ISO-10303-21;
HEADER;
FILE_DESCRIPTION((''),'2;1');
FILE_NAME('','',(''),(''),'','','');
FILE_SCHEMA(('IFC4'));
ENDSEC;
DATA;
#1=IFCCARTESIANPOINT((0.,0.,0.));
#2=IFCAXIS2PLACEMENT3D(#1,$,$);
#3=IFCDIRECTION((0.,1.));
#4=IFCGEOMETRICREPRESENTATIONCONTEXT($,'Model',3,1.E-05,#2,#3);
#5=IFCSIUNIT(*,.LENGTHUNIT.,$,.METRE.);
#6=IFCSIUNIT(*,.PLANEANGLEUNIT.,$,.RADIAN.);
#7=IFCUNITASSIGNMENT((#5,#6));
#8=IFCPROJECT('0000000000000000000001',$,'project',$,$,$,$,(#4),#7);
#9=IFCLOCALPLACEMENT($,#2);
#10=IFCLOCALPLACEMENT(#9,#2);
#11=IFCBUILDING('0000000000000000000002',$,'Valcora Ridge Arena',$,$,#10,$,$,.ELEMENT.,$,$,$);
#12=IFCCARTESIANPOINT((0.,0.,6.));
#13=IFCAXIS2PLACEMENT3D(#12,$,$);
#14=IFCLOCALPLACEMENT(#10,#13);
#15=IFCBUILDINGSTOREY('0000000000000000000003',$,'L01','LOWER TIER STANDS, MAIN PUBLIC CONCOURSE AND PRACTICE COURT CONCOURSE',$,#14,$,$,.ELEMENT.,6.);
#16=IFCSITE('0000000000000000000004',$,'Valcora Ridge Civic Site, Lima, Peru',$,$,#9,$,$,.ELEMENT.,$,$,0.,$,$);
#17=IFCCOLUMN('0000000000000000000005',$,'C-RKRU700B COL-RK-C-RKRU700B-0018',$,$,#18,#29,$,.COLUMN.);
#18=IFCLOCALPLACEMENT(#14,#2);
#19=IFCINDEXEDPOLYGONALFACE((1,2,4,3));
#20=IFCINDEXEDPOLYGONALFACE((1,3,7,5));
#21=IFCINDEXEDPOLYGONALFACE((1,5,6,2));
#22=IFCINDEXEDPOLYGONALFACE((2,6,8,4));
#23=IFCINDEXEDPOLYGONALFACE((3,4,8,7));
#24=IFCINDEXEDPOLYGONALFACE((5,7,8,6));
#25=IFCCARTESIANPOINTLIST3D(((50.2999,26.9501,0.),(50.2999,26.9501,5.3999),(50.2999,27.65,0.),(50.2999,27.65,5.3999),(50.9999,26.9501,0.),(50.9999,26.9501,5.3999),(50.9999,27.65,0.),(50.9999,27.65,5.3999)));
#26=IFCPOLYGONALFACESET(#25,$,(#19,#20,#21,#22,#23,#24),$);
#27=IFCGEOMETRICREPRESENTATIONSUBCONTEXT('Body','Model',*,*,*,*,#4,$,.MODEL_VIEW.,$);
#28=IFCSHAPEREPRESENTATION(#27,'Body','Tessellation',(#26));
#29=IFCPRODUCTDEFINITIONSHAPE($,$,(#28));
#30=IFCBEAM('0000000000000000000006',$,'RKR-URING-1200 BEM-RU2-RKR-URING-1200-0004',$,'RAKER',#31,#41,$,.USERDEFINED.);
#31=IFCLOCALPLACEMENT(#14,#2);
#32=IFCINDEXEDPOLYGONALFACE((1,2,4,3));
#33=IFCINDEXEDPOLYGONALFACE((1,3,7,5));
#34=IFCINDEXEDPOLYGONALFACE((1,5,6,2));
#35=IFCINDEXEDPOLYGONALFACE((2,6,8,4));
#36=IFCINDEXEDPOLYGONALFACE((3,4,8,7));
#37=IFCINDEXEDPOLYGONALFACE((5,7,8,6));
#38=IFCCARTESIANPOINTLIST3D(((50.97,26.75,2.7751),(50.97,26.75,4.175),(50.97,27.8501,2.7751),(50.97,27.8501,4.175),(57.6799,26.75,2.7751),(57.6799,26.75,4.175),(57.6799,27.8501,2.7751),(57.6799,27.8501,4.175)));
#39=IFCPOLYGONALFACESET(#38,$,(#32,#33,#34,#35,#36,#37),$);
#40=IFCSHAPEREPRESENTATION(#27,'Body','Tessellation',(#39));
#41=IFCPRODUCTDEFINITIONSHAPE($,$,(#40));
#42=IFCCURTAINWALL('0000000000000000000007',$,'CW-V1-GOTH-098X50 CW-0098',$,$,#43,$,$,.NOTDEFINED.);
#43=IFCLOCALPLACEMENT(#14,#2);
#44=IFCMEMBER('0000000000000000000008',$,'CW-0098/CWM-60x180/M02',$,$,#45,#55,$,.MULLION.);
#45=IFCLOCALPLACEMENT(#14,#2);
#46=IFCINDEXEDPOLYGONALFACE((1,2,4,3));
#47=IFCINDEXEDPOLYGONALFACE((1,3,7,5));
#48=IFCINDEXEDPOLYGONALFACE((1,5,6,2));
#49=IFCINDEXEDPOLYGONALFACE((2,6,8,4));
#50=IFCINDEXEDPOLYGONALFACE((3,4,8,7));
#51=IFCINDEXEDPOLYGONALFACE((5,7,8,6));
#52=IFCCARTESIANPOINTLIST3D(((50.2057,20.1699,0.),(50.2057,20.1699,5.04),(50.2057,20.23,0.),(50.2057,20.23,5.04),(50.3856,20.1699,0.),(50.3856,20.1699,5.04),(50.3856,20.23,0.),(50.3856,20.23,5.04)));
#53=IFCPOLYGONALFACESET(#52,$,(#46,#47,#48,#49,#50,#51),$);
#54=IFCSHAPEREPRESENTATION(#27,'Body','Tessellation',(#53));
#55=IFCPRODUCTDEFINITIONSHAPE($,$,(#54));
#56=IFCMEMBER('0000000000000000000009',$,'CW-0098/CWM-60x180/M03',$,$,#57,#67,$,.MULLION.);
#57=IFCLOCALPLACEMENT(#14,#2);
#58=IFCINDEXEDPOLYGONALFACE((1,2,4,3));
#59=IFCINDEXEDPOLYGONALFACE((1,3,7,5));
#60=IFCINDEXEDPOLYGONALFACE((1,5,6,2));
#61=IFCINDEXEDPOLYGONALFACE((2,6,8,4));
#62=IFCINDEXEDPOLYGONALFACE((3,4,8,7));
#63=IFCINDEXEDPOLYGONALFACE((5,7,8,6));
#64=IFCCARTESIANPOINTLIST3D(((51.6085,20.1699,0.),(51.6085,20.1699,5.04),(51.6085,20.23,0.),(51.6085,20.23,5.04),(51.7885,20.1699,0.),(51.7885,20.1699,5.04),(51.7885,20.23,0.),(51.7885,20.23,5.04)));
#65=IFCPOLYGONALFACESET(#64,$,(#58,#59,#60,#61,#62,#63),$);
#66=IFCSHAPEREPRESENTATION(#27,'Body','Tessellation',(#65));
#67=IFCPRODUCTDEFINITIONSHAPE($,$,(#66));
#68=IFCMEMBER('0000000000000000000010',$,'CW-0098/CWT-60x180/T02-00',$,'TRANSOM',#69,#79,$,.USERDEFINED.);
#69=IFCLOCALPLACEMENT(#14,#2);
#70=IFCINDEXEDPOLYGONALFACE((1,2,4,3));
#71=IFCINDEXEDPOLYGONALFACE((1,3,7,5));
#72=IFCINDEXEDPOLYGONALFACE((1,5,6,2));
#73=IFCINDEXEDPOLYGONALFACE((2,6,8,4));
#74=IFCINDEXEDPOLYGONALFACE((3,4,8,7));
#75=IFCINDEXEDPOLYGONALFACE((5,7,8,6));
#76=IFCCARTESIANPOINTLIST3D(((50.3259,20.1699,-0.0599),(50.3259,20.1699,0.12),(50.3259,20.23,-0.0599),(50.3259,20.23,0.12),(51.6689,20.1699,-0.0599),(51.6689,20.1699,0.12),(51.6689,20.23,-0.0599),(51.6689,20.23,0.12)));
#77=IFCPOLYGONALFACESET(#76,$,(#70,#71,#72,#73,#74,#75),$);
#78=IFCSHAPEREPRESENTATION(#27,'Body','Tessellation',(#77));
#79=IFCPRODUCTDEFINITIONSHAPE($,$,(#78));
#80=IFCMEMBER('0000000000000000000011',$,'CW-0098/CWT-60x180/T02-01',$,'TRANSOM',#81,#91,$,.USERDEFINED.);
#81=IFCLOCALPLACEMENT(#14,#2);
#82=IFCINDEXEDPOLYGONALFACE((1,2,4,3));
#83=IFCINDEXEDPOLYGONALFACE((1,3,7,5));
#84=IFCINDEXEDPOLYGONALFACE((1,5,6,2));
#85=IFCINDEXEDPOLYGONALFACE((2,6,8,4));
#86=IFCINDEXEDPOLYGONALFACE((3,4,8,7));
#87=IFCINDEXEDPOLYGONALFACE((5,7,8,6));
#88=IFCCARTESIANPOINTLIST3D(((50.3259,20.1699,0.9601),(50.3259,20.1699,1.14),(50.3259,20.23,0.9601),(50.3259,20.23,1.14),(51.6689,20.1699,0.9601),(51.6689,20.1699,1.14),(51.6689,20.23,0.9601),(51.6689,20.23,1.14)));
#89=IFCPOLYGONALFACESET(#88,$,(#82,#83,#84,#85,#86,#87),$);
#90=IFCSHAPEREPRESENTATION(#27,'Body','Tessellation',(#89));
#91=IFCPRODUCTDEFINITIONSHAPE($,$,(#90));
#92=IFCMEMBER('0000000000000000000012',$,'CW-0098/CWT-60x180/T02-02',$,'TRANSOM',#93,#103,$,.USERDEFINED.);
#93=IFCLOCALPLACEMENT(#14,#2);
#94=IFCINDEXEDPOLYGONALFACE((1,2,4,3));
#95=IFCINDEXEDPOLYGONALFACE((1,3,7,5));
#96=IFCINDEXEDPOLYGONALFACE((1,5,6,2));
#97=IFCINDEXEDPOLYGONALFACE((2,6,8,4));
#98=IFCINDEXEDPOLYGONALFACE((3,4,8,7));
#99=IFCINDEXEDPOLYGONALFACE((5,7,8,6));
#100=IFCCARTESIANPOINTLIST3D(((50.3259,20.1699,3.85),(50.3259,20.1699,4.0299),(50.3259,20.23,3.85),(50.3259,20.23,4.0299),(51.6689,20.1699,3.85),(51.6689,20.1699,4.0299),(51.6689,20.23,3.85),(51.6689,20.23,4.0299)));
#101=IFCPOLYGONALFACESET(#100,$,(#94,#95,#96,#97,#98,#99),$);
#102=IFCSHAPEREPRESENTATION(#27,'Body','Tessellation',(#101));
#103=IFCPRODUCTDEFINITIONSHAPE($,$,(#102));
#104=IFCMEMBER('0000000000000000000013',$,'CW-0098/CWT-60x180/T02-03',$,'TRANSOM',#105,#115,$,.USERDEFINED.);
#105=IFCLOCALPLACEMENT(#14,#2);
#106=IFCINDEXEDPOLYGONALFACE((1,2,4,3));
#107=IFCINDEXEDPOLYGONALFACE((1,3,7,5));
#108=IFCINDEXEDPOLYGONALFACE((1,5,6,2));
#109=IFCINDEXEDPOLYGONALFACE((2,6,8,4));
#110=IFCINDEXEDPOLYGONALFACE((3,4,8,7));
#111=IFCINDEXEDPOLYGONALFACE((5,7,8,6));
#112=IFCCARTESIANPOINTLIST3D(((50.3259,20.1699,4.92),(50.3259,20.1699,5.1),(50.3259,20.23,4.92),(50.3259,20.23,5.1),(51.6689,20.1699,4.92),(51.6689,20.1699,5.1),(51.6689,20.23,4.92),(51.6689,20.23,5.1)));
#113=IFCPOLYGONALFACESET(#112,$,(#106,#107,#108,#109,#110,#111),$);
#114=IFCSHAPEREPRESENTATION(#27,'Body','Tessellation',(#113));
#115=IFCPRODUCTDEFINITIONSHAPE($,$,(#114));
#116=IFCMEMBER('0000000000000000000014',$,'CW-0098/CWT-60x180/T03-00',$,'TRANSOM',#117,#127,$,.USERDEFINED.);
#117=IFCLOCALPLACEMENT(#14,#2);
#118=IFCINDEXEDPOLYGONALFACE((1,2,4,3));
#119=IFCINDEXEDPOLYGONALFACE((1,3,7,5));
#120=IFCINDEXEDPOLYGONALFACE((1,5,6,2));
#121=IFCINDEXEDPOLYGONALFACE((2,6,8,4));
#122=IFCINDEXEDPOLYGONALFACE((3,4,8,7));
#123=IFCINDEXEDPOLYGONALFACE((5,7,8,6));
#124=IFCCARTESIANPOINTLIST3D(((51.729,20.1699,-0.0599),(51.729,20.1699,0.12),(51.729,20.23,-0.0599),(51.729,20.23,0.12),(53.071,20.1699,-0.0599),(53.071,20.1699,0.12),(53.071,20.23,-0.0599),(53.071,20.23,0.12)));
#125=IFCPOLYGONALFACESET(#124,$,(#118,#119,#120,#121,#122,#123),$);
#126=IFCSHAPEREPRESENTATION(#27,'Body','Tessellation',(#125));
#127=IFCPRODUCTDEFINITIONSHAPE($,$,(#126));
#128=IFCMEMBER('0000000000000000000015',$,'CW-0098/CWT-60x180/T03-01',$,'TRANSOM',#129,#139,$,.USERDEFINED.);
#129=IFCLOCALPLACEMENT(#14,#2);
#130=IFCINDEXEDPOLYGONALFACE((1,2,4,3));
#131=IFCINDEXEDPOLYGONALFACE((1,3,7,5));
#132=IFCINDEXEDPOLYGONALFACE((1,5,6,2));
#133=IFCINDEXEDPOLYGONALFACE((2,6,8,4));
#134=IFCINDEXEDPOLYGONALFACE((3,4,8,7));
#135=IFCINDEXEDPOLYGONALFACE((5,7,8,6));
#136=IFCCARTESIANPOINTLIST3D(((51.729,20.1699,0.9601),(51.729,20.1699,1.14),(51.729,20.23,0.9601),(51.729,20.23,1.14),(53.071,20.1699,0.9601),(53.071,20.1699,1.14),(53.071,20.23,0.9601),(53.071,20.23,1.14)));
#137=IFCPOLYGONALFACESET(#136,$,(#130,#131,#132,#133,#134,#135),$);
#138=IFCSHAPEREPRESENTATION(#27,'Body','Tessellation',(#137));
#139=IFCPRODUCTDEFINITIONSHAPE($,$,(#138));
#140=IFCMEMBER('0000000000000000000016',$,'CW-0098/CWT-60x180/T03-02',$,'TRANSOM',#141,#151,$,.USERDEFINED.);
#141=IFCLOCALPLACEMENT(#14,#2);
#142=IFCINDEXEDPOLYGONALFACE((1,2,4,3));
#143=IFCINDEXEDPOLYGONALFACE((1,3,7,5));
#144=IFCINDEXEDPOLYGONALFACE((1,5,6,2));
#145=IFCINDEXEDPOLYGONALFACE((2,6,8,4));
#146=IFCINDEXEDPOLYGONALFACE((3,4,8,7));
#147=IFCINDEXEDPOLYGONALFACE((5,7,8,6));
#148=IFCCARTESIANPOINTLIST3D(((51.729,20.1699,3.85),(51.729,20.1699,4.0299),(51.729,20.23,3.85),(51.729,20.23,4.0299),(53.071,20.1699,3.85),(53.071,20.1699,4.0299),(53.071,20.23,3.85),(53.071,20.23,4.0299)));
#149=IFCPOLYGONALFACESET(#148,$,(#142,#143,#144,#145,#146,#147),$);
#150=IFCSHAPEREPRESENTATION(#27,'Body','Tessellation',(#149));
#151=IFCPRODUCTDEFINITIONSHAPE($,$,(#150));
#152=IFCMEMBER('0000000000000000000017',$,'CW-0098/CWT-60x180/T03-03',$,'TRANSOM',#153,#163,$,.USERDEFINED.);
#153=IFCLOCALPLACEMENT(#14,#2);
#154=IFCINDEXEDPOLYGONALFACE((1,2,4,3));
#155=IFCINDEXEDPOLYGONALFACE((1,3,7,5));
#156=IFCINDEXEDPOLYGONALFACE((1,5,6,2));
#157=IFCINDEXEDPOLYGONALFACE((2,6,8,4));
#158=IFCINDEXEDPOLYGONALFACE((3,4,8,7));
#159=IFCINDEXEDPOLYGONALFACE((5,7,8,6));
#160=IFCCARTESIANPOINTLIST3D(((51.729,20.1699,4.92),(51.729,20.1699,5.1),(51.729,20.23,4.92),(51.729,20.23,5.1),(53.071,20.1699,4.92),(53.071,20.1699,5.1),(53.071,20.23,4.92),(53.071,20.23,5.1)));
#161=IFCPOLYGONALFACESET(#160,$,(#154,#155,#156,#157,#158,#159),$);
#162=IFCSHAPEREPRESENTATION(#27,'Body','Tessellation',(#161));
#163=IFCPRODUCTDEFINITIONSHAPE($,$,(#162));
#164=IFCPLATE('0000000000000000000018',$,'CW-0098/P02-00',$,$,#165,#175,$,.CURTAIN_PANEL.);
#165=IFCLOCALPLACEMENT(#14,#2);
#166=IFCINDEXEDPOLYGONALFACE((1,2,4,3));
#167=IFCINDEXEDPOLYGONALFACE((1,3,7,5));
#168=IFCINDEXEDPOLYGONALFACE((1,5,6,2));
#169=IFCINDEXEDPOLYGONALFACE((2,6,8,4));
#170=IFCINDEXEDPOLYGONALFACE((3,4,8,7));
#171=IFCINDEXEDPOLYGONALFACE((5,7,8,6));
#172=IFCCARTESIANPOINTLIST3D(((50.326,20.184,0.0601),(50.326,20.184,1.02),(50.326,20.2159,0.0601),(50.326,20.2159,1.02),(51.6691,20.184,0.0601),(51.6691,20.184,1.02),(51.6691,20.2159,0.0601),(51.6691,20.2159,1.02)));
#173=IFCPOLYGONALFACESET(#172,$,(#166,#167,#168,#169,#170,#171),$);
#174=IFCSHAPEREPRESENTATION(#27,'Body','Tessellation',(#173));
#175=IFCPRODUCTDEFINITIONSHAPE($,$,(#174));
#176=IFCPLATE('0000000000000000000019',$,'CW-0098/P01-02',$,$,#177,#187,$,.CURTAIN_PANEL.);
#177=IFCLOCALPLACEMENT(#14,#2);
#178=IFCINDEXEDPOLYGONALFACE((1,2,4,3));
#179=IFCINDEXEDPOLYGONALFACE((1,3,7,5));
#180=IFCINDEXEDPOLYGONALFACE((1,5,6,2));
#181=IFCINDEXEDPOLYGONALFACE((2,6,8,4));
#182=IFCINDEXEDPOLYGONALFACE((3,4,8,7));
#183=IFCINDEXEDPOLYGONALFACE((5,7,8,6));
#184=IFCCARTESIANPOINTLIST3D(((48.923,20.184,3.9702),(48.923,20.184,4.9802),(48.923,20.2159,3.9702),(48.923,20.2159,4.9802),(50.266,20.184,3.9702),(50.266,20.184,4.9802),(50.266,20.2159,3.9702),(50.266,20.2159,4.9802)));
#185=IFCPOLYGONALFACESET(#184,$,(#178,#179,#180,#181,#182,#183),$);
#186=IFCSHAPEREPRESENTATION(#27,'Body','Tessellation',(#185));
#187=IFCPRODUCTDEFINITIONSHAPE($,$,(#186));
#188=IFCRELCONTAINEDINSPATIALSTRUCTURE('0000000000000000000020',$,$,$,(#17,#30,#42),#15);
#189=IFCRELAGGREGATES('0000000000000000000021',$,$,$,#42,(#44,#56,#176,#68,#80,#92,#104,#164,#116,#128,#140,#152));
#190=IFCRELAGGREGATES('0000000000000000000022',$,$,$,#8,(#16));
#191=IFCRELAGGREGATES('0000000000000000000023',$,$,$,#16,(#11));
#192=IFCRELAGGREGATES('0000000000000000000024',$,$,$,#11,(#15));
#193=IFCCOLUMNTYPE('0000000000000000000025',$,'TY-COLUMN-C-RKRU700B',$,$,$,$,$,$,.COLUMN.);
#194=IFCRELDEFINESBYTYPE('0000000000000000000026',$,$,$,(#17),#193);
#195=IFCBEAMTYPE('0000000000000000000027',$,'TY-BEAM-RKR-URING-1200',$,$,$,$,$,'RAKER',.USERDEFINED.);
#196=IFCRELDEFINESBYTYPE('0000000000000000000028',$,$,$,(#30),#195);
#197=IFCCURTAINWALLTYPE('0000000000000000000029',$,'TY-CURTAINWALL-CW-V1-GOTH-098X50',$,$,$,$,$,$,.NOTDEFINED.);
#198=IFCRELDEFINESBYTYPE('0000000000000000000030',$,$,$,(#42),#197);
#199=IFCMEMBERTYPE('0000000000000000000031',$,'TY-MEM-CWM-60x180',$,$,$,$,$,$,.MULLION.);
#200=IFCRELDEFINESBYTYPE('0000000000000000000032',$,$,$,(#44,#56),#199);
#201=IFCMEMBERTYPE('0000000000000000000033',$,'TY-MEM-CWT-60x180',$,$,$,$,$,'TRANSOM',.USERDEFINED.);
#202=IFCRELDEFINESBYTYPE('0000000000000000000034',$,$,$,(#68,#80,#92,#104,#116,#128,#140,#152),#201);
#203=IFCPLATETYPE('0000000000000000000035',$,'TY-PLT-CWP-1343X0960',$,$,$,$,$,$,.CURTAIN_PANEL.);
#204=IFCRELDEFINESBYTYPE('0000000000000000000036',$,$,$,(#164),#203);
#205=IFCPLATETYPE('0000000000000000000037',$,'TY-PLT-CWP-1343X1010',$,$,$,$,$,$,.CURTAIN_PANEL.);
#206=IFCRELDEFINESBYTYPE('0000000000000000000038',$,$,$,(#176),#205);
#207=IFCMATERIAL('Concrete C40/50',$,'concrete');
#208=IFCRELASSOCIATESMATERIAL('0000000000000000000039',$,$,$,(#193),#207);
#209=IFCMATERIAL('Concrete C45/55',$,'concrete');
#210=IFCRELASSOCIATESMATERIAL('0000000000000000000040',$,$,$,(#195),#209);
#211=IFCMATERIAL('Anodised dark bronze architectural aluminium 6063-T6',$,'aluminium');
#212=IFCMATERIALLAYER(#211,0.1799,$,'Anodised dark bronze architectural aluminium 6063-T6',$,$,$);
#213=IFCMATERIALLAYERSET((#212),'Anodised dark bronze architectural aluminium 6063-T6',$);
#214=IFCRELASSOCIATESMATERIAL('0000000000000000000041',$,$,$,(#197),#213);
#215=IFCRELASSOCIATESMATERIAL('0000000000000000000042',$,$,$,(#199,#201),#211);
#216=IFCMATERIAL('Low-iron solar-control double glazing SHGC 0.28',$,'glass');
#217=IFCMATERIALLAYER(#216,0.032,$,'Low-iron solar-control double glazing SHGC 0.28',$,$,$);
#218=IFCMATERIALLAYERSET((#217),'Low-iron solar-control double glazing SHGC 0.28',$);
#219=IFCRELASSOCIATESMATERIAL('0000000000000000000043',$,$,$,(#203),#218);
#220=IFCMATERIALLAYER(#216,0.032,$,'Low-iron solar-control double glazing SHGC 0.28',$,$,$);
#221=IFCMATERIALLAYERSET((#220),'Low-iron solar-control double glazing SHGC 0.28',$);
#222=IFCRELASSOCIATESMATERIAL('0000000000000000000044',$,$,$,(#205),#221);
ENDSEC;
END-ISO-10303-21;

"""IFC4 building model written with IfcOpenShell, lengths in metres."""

from ifc_helpers import new_model, si_unit, direction, frame, origin, origin_2d, place, context, subcontext, project, spatial, rectangle, extrude, material, layer, layer_set, material_profile, profile_set, type_object, element, aggregate, save


model = new_model("IFC4")

# Units and contexts
model_context = context("Model", 3, precision=1e-05, world=origin(), true_north=direction((0.0, 1.0)))
body_context = subcontext(model_context, "Body", "Model", "MODEL_VIEW")
ifc_project = project(units=[si_unit("LENGTHUNIT", "METRE"), si_unit("PLANEANGLEUNIT", "RADIAN")], contexts=[model_context])

# Site, building, storey
site_placement = place(None, origin())
site = spatial("IfcSite", under=ifc_project, at=site_placement, Name="Valcora Ridge Civic Site, Lima, Peru", CompositionType="ELEMENT", RefElevation=0.0)
building_placement = place(site_placement, origin())
building = spatial("IfcBuilding", under=site, at=building_placement, Name="Valcora Ridge Arena", CompositionType="ELEMENT")
storey_placement = place(building_placement, frame((0.0, 0.0, 6.0)))
storey = spatial("IfcBuildingStorey", under=building, at=storey_placement, Name="L01", Description="LOWER TIER STANDS, MAIN PUBLIC CONCOURSE AND PRACTICE COURT CONCOURSE", CompositionType="ELEMENT", Elevation=6.0)

# Column
ifc_material_1 = material(Name="Concrete C40/50", Category="concrete")
ifc_material_profile_1 = material_profile(ifc_material_1, rectangle(XDim=0.7, YDim=0.7, at=origin_2d()), Name="RC 700x700")
ifc_profile_set_1 = profile_set([ifc_material_profile_1], Name="Concrete C40/50")
column_type = type_object("IfcColumnType", Name="TY-COLUMN-C-RKRU700B", PredefinedType="COLUMN", material=ifc_profile_set_1)
column_placement = place(storey_placement, frame((50.6499, 27.3, 0.0), z_axis=(0.0, 0.0, 1.0), x_axis=(1.0, 0.0, 0.0)))
element("IfcColumn", 1, at=column_placement, inside=storey, type_object=column_type, Name="C-RKRU700B COL-RK-C-RKRU700B-0018", PredefinedType="COLUMN", context=body_context, shape_type="SweptSolid", body=[
    extrude(rectangle(XDim=0.7, YDim=0.7, at=origin_2d()), origin(), (0.0, 0.0, 1.0), 5.3999),
])

# Beam
ifc_material_2 = material(Name="Concrete C45/55", Category="concrete")
ifc_material_profile_2 = material_profile(ifc_material_2, rectangle(XDim=1.1001, YDim=1.3999, at=origin_2d()), Name="RC 1100x1400")
ifc_profile_set_2 = profile_set([ifc_material_profile_2], Name="Concrete C45/55")
beam_type = type_object("IfcBeamType", Name="TY-BEAM-RKR-URING-1200", ElementType="RAKER", PredefinedType="USERDEFINED", material=ifc_profile_set_2)
beam_placement = place(storey_placement, frame((50.97, 27.3, 3.4751), z_axis=(1.0, 0.0, 0.0), x_axis=(0.0, 1.0, 0.0)))
element("IfcBeam", 2, at=beam_placement, inside=storey, type_object=beam_type, Name="RKR-URING-1200 BEM-RU2-RKR-URING-1200-0004", ObjectType="RAKER", PredefinedType="USERDEFINED", context=body_context, shape_type="SweptSolid", body=[
    extrude(rectangle(XDim=1.1001, YDim=1.3999, at=origin_2d()), origin(), (0.0, 0.0, 1.0), 6.71),
])

# Curtain wall, members, plates
ifc_material_3 = material(Name="Anodised dark bronze architectural aluminium 6063-T6", Category="aluminium")
ifc_layer_1 = layer(ifc_material_3, 0.1799, Name="Anodised dark bronze architectural aluminium 6063-T6")
ifc_layer_set_1 = layer_set([ifc_layer_1], Name="Anodised dark bronze architectural aluminium 6063-T6")
curtain_wall_type = type_object("IfcCurtainWallType", Name="TY-CURTAINWALL-CW-V1-GOTH-098X50", PredefinedType="NOTDEFINED", material=ifc_layer_set_1)
curtain_wall_placement = place(storey_placement, origin())
curtain_wall = element("IfcCurtainWall", 3, at=curtain_wall_placement, inside=storey, type_object=curtain_wall_type, Name="CW-V1-GOTH-098X50 CW-0098", PredefinedType="NOTDEFINED")
ifc_material_profile_3 = material_profile(ifc_material_3, rectangle(XDim=0.0601, YDim=0.1799, at=origin_2d()), Name="ALU MULLION 60x180")
ifc_profile_set_3 = profile_set([ifc_material_profile_3], Name="Anodised dark bronze architectural aluminium 6063-T6")
member_type_1 = type_object("IfcMemberType", Name="TY-MEM-CWM-60x180", PredefinedType="MULLION", material=ifc_profile_set_3)
member_1_placement = place(storey_placement, frame((50.2957, 20.2, 0.0), z_axis=(0.0, 0.0, 1.0), x_axis=(0.0, 1.0, 0.0)))
member_1 = element("IfcMember", 4, at=member_1_placement, type_object=member_type_1, Name="CW-0098/CWM-60x180/M02", PredefinedType="MULLION", context=body_context, shape_type="SweptSolid", body=[
    extrude(rectangle(XDim=0.0601, YDim=0.1799, at=origin_2d()), origin(), (0.0, 0.0, 1.0), 5.04),
])
member_2_placement = place(storey_placement, frame((51.6985, 20.2, 0.0), z_axis=(0.0, 0.0, 1.0), x_axis=(0.0, 1.0, 0.0)))
member_2 = element("IfcMember", 5, at=member_2_placement, type_object=member_type_1, Name="CW-0098/CWM-60x180/M03", PredefinedType="MULLION", context=body_context, shape_type="SweptSolid", body=[
    extrude(rectangle(XDim=0.0601, YDim=0.1799, at=origin_2d()), origin(), (0.0, 0.0, 1.0), 5.04),
])
ifc_material_profile_4 = material_profile(ifc_material_3, rectangle(XDim=0.0601, YDim=0.1799, at=origin_2d()), Name="ALU TRANSOM 60x180")
ifc_profile_set_4 = profile_set([ifc_material_profile_4], Name="Anodised dark bronze architectural aluminium 6063-T6")
member_type_2 = type_object("IfcMemberType", Name="TY-MEM-CWT-60x180", ElementType="TRANSOM", PredefinedType="USERDEFINED", material=ifc_profile_set_4)
member_3_placement = place(storey_placement, frame((50.3259, 20.2, 0.03), z_axis=(1.0, 0.0, 0.0), x_axis=(0.0, 1.0, 0.0)))
member_3 = element("IfcMember", 6, at=member_3_placement, type_object=member_type_2, Name="CW-0098/CWT-60x180/T02-00", ObjectType="TRANSOM", PredefinedType="USERDEFINED", context=body_context, shape_type="SweptSolid", body=[
    extrude(rectangle(XDim=0.0601, YDim=0.1799, at=origin_2d()), origin(), (0.0, 0.0, 1.0), 1.343),
])
member_4_placement = place(storey_placement, frame((50.3259, 20.2, 1.05), z_axis=(1.0, 0.0, 0.0), x_axis=(0.0, 1.0, 0.0)))
member_4 = element("IfcMember", 7, at=member_4_placement, type_object=member_type_2, Name="CW-0098/CWT-60x180/T02-01", ObjectType="TRANSOM", PredefinedType="USERDEFINED", context=body_context, shape_type="SweptSolid", body=[
    extrude(rectangle(XDim=0.0601, YDim=0.1799, at=origin_2d()), origin(), (0.0, 0.0, 1.0), 1.343),
])
member_5_placement = place(storey_placement, frame((50.3259, 20.2, 3.9399), z_axis=(1.0, 0.0, 0.0), x_axis=(0.0, 1.0, 0.0)))
member_5 = element("IfcMember", 8, at=member_5_placement, type_object=member_type_2, Name="CW-0098/CWT-60x180/T02-02", ObjectType="TRANSOM", PredefinedType="USERDEFINED", context=body_context, shape_type="SweptSolid", body=[
    extrude(rectangle(XDim=0.0601, YDim=0.1799, at=origin_2d()), origin(), (0.0, 0.0, 1.0), 1.343),
])
member_6_placement = place(storey_placement, frame((50.3259, 20.2, 5.01), z_axis=(1.0, 0.0, 0.0), x_axis=(0.0, 1.0, 0.0)))
member_6 = element("IfcMember", 9, at=member_6_placement, type_object=member_type_2, Name="CW-0098/CWT-60x180/T02-03", ObjectType="TRANSOM", PredefinedType="USERDEFINED", context=body_context, shape_type="SweptSolid", body=[
    extrude(rectangle(XDim=0.0601, YDim=0.1799, at=origin_2d()), origin(), (0.0, 0.0, 1.0), 1.343),
])
member_7_placement = place(storey_placement, frame((51.729, 20.2, 0.03), z_axis=(1.0, 0.0, 0.0), x_axis=(0.0, 1.0, 0.0)))
member_7 = element("IfcMember", 10, at=member_7_placement, type_object=member_type_2, Name="CW-0098/CWT-60x180/T03-00", ObjectType="TRANSOM", PredefinedType="USERDEFINED", context=body_context, shape_type="SweptSolid", body=[
    extrude(rectangle(XDim=0.0601, YDim=0.1799, at=origin_2d()), origin(), (0.0, 0.0, 1.0), 1.342),
])
member_8_placement = place(storey_placement, frame((51.729, 20.2, 1.05), z_axis=(1.0, 0.0, 0.0), x_axis=(0.0, 1.0, 0.0)))
member_8 = element("IfcMember", 11, at=member_8_placement, type_object=member_type_2, Name="CW-0098/CWT-60x180/T03-01", ObjectType="TRANSOM", PredefinedType="USERDEFINED", context=body_context, shape_type="SweptSolid", body=[
    extrude(rectangle(XDim=0.0601, YDim=0.1799, at=origin_2d()), origin(), (0.0, 0.0, 1.0), 1.342),
])
member_9_placement = place(storey_placement, frame((51.729, 20.2, 3.9399), z_axis=(1.0, 0.0, 0.0), x_axis=(0.0, 1.0, 0.0)))
member_9 = element("IfcMember", 12, at=member_9_placement, type_object=member_type_2, Name="CW-0098/CWT-60x180/T03-02", ObjectType="TRANSOM", PredefinedType="USERDEFINED", context=body_context, shape_type="SweptSolid", body=[
    extrude(rectangle(XDim=0.0601, YDim=0.1799, at=origin_2d()), origin(), (0.0, 0.0, 1.0), 1.342),
])
member_10_placement = place(storey_placement, frame((51.729, 20.2, 5.01), z_axis=(1.0, 0.0, 0.0), x_axis=(0.0, 1.0, 0.0)))
member_10 = element("IfcMember", 13, at=member_10_placement, type_object=member_type_2, Name="CW-0098/CWT-60x180/T03-03", ObjectType="TRANSOM", PredefinedType="USERDEFINED", context=body_context, shape_type="SweptSolid", body=[
    extrude(rectangle(XDim=0.0601, YDim=0.1799, at=origin_2d()), origin(), (0.0, 0.0, 1.0), 1.342),
])
ifc_material_4 = material(Name="Low-iron solar-control double glazing SHGC 0.28", Category="glass")
ifc_layer_2 = layer(ifc_material_4, 0.032, Name="Low-iron solar-control double glazing SHGC 0.28")
ifc_layer_set_2 = layer_set([ifc_layer_2], Name="Low-iron solar-control double glazing SHGC 0.28")
plate_type_1 = type_object("IfcPlateType", Name="TY-PLT-CWP-1343X0960", PredefinedType="CURTAIN_PANEL", material=ifc_layer_set_2)
plate_1_placement = place(storey_placement, frame((50.9976, 20.2, 0.0601), z_axis=(0.0, 0.0, 1.0), x_axis=(1.0, 0.0, 0.0)))
plate_1 = element("IfcPlate", 14, at=plate_1_placement, type_object=plate_type_1, Name="CW-0098/P02-00", PredefinedType="CURTAIN_PANEL", context=body_context, shape_type="SweptSolid", body=[
    extrude(rectangle(XDim=1.343, YDim=0.032, at=origin_2d()), origin(), (0.0, 0.0, 1.0), 0.96),
])
ifc_layer_3 = layer(ifc_material_4, 0.032, Name="Low-iron solar-control double glazing SHGC 0.28")
ifc_layer_set_3 = layer_set([ifc_layer_3], Name="Low-iron solar-control double glazing SHGC 0.28")
plate_type_2 = type_object("IfcPlateType", Name="TY-PLT-CWP-1343X1010", PredefinedType="CURTAIN_PANEL", material=ifc_layer_set_3)
plate_2_placement = place(storey_placement, frame((49.5945, 20.2, 3.9702), z_axis=(0.0, 0.0, 1.0), x_axis=(1.0, 0.0, 0.0)))
plate_2 = element("IfcPlate", 15, at=plate_2_placement, type_object=plate_type_2, Name="CW-0098/P01-02", PredefinedType="CURTAIN_PANEL", context=body_context, shape_type="SweptSolid", body=[
    extrude(rectangle(XDim=1.343, YDim=0.032, at=origin_2d()), origin(), (0.0, 0.0, 1.0), 1.01),
])
aggregate(curtain_wall, [member_1, member_2, plate_2, member_3, member_4, member_5, member_6, plate_1, member_7, member_8, member_9, member_10])

save(model, "model.ifc")
